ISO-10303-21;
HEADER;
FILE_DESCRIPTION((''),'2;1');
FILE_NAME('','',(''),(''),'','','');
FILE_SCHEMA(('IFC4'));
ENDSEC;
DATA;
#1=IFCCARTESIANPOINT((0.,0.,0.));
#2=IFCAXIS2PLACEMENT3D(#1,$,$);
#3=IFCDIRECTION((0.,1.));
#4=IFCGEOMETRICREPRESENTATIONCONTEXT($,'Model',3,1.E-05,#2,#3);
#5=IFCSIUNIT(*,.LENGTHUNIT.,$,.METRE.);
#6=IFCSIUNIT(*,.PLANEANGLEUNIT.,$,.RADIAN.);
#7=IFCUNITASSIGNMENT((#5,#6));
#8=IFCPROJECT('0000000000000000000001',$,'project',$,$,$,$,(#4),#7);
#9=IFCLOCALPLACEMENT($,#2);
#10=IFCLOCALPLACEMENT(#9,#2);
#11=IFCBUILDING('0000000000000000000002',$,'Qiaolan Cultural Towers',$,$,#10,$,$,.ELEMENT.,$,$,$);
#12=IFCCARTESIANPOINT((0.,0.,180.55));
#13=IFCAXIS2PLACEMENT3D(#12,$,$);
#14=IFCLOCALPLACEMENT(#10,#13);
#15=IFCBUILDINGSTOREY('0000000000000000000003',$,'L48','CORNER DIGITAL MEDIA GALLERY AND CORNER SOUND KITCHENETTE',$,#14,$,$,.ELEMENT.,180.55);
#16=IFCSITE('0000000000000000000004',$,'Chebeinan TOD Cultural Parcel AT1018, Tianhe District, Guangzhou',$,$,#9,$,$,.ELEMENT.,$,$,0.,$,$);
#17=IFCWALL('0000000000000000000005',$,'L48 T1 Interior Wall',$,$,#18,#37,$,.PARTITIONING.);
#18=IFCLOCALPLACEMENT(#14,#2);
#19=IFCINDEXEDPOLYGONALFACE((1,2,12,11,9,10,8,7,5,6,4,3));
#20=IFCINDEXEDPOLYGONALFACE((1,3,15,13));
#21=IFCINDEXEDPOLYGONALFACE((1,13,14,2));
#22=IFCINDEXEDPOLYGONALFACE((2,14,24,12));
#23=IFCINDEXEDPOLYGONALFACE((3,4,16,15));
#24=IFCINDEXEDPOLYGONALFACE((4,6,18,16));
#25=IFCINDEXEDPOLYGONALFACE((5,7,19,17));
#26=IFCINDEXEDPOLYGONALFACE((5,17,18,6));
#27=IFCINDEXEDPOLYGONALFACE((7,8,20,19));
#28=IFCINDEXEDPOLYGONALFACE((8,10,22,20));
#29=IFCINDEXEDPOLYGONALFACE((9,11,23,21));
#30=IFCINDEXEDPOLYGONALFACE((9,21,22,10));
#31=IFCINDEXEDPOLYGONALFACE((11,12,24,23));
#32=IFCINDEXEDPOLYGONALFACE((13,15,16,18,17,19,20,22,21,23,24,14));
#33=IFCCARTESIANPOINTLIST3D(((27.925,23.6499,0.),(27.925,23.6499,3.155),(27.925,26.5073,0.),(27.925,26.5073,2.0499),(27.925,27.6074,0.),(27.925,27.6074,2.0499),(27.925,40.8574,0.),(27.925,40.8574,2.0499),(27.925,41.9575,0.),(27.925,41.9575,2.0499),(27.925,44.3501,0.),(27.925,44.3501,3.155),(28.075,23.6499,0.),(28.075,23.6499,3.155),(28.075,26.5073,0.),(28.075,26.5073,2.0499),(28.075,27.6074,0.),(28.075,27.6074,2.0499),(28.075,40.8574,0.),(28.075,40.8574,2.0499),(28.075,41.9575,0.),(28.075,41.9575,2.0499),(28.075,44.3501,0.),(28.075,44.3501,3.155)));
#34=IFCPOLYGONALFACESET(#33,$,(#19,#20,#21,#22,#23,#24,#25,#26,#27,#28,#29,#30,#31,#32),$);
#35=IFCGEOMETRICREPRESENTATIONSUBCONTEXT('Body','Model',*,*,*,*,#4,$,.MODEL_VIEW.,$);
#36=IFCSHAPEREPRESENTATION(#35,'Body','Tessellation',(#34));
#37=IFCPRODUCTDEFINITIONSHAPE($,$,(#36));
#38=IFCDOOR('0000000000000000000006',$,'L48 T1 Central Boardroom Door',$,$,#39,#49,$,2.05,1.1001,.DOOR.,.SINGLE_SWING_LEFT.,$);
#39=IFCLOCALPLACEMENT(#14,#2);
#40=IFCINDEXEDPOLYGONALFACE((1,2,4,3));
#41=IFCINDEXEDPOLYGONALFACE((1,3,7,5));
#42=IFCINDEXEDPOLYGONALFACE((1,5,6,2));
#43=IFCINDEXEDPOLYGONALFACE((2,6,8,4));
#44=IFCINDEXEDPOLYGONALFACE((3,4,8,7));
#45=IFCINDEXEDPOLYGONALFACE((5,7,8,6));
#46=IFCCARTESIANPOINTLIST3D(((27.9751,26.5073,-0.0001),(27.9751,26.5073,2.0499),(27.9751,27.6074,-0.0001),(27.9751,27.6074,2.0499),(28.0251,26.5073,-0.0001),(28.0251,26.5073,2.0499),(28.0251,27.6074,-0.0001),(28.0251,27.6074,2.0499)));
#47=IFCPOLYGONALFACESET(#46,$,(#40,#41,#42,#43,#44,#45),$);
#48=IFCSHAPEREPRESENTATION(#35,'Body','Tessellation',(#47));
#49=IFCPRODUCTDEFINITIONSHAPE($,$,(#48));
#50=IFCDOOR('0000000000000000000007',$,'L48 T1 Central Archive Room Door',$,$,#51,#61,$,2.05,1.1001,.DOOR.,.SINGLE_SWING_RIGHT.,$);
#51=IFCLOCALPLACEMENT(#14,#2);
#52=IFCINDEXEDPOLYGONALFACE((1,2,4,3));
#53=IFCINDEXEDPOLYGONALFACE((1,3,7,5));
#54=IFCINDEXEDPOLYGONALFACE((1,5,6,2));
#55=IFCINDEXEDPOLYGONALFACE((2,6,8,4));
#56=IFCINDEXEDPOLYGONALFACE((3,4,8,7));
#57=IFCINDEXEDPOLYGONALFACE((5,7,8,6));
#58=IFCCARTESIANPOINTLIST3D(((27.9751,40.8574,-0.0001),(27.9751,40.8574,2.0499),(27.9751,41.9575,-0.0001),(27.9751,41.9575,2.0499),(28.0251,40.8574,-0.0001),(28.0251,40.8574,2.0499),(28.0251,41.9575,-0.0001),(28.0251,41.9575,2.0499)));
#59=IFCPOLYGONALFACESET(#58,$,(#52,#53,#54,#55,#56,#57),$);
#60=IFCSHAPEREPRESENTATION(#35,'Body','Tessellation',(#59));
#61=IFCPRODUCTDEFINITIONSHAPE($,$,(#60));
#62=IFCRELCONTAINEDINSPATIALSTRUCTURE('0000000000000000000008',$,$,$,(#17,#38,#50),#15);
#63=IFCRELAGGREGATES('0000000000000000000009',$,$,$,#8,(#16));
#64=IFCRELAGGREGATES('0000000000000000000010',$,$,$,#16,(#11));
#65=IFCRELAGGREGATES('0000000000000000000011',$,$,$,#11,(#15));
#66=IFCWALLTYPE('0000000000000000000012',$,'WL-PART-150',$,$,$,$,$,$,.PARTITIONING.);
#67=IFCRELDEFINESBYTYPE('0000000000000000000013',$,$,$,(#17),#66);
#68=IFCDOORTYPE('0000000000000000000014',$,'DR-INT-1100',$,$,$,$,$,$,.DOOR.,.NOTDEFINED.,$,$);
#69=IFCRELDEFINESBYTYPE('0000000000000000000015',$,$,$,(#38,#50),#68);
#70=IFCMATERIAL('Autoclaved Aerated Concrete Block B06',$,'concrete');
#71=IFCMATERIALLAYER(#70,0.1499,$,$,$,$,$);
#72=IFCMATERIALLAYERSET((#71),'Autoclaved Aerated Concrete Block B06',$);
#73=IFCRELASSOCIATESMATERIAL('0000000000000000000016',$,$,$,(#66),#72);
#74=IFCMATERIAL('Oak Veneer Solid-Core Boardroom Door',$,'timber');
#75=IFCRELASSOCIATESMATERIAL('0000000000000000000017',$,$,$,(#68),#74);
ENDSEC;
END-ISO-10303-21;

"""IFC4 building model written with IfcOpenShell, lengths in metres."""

from ifc_helpers import new_model, si_unit, direction, frame, frame_2d, origin, place, context, subcontext, project, spatial, rectangle, extrude, material, layer, layer_set, type_object, element, fill, save


model = new_model("IFC4")

# Units and contexts
model_context = context("Model", 3, precision=1e-05, world=origin(), true_north=direction((0.0, 1.0)))
body_context = subcontext(model_context, "Body", "Model", "MODEL_VIEW")
ifc_project = project(units=[si_unit("LENGTHUNIT", "METRE"), si_unit("PLANEANGLEUNIT", "RADIAN")], contexts=[model_context])

# Site, building, storey
site_placement = place(None, origin())
site = spatial("IfcSite", under=ifc_project, at=site_placement, Name="Chebeinan TOD Cultural Parcel AT1018, Tianhe District, Guangzhou", CompositionType="ELEMENT", RefElevation=0.0)
building_placement = place(site_placement, origin())
building = spatial("IfcBuilding", under=site, at=building_placement, Name="Qiaolan Cultural Towers", CompositionType="ELEMENT")
storey_placement = place(building_placement, frame((0.0, 0.0, 180.55)))
storey = spatial("IfcBuildingStorey", under=building, at=storey_placement, Name="L48", Description="CORNER DIGITAL MEDIA GALLERY AND CORNER SOUND KITCHENETTE", CompositionType="ELEMENT", Elevation=180.55)

# Shared definitions
ifc_material_1 = material(Name="Autoclaved Aerated Concrete Block B06", Category="concrete")
ifc_layer_1 = layer(ifc_material_1, 0.1499)
ifc_layer_set_1 = layer_set([ifc_layer_1], Name="Autoclaved Aerated Concrete Block B06")
wall_type_1 = type_object("IfcWallType", Name="WL-PART-150", PredefinedType="PARTITIONING", material=ifc_layer_set_1)

# Wall, openings, doors
wall_1_placement = place(storey_placement, frame((28.0, 23.6499, 0.0), z_axis=(0.0, 0.0, 1.0), x_axis=(0.0, 1.0, 0.0)))
wall_1 = element("IfcWall", 1, at=wall_1_placement, inside=storey, type_object=wall_type_1, Name="L48 T1 Interior Wall", PredefinedType="PARTITIONING", context=body_context, shape_type="SweptSolid", body=[
    extrude(rectangle(XDim=20.7002, YDim=0.1499, at=frame_2d((10.3501, 0.0))), origin(), (0.0, 0.0, 1.0), 3.155),
])
opening_1_placement = place(wall_1_placement, frame((2.8574, 0.0, 0.0)))
opening_1 = element("IfcOpeningElement", 2, at=opening_1_placement, cuts=wall_1, PredefinedType="OPENING", context=body_context, shape_type="SweptSolid", body=[
    extrude(rectangle(XDim=1.1001, YDim=2.05, at=frame_2d((0.55, 1.0249))), frame((0.0, 0.085, 0.0), z_axis=(0.0, -1.0, 0.0), x_axis=(1.0, 0.0, 0.0)), (0.0, 0.0, 1.0), 0.1699),
])
opening_2_placement = place(wall_1_placement, frame((17.2075, 0.0, 0.0)))
opening_2 = element("IfcOpeningElement", 3, at=opening_2_placement, cuts=wall_1, PredefinedType="OPENING", context=body_context, shape_type="SweptSolid", body=[
    extrude(rectangle(XDim=1.1001, YDim=2.05, at=frame_2d((0.55, 1.0249))), frame((0.0, 0.085, 0.0), z_axis=(0.0, -1.0, 0.0), x_axis=(1.0, 0.0, 0.0)), (0.0, 0.0, 1.0), 0.1699),
])
ifc_material_2 = material(Name="Oak Veneer Solid-Core Boardroom Door", Category="timber")
door_type_1 = type_object("IfcDoorType", Name="DR-INT-1100", OperationType="NOTDEFINED", PredefinedType="DOOR", material=ifc_material_2)
door_1_placement = place(opening_1_placement, origin())
door_1 = element("IfcDoor", 4, at=door_1_placement, inside=storey, type_object=door_type_1, Name="L48 T1 Central Boardroom Door", OperationType="SINGLE_SWING_LEFT", OverallHeight=2.05, OverallWidth=1.1001, PredefinedType="DOOR", context=body_context, shape_type="SweptSolid", body=[
    extrude(rectangle(XDim=1.1001, YDim=2.05, at=frame_2d((0.55, 1.0249))), frame((0.0, 0.0249, 0.0), z_axis=(0.0, -1.0, 0.0), x_axis=(1.0, 0.0, 0.0)), (0.0, 0.0, 1.0), 0.05),
])
fill(opening_1, door_1)
door_2_placement = place(opening_2_placement, origin())
door_2 = element("IfcDoor", 5, at=door_2_placement, inside=storey, type_object=door_type_1, Name="L48 T1 Central Archive Room Door", OperationType="SINGLE_SWING_RIGHT", OverallHeight=2.05, OverallWidth=1.1001, PredefinedType="DOOR", context=body_context, shape_type="SweptSolid", body=[
    extrude(rectangle(XDim=1.1001, YDim=2.05, at=frame_2d((0.55, 1.0249))), frame((0.0, 0.0249, 0.0), z_axis=(0.0, -1.0, 0.0), x_axis=(1.0, 0.0, 0.0)), (0.0, 0.0, 1.0), 0.05),
])
fill(opening_2, door_2)

save(model, "model.ifc")
